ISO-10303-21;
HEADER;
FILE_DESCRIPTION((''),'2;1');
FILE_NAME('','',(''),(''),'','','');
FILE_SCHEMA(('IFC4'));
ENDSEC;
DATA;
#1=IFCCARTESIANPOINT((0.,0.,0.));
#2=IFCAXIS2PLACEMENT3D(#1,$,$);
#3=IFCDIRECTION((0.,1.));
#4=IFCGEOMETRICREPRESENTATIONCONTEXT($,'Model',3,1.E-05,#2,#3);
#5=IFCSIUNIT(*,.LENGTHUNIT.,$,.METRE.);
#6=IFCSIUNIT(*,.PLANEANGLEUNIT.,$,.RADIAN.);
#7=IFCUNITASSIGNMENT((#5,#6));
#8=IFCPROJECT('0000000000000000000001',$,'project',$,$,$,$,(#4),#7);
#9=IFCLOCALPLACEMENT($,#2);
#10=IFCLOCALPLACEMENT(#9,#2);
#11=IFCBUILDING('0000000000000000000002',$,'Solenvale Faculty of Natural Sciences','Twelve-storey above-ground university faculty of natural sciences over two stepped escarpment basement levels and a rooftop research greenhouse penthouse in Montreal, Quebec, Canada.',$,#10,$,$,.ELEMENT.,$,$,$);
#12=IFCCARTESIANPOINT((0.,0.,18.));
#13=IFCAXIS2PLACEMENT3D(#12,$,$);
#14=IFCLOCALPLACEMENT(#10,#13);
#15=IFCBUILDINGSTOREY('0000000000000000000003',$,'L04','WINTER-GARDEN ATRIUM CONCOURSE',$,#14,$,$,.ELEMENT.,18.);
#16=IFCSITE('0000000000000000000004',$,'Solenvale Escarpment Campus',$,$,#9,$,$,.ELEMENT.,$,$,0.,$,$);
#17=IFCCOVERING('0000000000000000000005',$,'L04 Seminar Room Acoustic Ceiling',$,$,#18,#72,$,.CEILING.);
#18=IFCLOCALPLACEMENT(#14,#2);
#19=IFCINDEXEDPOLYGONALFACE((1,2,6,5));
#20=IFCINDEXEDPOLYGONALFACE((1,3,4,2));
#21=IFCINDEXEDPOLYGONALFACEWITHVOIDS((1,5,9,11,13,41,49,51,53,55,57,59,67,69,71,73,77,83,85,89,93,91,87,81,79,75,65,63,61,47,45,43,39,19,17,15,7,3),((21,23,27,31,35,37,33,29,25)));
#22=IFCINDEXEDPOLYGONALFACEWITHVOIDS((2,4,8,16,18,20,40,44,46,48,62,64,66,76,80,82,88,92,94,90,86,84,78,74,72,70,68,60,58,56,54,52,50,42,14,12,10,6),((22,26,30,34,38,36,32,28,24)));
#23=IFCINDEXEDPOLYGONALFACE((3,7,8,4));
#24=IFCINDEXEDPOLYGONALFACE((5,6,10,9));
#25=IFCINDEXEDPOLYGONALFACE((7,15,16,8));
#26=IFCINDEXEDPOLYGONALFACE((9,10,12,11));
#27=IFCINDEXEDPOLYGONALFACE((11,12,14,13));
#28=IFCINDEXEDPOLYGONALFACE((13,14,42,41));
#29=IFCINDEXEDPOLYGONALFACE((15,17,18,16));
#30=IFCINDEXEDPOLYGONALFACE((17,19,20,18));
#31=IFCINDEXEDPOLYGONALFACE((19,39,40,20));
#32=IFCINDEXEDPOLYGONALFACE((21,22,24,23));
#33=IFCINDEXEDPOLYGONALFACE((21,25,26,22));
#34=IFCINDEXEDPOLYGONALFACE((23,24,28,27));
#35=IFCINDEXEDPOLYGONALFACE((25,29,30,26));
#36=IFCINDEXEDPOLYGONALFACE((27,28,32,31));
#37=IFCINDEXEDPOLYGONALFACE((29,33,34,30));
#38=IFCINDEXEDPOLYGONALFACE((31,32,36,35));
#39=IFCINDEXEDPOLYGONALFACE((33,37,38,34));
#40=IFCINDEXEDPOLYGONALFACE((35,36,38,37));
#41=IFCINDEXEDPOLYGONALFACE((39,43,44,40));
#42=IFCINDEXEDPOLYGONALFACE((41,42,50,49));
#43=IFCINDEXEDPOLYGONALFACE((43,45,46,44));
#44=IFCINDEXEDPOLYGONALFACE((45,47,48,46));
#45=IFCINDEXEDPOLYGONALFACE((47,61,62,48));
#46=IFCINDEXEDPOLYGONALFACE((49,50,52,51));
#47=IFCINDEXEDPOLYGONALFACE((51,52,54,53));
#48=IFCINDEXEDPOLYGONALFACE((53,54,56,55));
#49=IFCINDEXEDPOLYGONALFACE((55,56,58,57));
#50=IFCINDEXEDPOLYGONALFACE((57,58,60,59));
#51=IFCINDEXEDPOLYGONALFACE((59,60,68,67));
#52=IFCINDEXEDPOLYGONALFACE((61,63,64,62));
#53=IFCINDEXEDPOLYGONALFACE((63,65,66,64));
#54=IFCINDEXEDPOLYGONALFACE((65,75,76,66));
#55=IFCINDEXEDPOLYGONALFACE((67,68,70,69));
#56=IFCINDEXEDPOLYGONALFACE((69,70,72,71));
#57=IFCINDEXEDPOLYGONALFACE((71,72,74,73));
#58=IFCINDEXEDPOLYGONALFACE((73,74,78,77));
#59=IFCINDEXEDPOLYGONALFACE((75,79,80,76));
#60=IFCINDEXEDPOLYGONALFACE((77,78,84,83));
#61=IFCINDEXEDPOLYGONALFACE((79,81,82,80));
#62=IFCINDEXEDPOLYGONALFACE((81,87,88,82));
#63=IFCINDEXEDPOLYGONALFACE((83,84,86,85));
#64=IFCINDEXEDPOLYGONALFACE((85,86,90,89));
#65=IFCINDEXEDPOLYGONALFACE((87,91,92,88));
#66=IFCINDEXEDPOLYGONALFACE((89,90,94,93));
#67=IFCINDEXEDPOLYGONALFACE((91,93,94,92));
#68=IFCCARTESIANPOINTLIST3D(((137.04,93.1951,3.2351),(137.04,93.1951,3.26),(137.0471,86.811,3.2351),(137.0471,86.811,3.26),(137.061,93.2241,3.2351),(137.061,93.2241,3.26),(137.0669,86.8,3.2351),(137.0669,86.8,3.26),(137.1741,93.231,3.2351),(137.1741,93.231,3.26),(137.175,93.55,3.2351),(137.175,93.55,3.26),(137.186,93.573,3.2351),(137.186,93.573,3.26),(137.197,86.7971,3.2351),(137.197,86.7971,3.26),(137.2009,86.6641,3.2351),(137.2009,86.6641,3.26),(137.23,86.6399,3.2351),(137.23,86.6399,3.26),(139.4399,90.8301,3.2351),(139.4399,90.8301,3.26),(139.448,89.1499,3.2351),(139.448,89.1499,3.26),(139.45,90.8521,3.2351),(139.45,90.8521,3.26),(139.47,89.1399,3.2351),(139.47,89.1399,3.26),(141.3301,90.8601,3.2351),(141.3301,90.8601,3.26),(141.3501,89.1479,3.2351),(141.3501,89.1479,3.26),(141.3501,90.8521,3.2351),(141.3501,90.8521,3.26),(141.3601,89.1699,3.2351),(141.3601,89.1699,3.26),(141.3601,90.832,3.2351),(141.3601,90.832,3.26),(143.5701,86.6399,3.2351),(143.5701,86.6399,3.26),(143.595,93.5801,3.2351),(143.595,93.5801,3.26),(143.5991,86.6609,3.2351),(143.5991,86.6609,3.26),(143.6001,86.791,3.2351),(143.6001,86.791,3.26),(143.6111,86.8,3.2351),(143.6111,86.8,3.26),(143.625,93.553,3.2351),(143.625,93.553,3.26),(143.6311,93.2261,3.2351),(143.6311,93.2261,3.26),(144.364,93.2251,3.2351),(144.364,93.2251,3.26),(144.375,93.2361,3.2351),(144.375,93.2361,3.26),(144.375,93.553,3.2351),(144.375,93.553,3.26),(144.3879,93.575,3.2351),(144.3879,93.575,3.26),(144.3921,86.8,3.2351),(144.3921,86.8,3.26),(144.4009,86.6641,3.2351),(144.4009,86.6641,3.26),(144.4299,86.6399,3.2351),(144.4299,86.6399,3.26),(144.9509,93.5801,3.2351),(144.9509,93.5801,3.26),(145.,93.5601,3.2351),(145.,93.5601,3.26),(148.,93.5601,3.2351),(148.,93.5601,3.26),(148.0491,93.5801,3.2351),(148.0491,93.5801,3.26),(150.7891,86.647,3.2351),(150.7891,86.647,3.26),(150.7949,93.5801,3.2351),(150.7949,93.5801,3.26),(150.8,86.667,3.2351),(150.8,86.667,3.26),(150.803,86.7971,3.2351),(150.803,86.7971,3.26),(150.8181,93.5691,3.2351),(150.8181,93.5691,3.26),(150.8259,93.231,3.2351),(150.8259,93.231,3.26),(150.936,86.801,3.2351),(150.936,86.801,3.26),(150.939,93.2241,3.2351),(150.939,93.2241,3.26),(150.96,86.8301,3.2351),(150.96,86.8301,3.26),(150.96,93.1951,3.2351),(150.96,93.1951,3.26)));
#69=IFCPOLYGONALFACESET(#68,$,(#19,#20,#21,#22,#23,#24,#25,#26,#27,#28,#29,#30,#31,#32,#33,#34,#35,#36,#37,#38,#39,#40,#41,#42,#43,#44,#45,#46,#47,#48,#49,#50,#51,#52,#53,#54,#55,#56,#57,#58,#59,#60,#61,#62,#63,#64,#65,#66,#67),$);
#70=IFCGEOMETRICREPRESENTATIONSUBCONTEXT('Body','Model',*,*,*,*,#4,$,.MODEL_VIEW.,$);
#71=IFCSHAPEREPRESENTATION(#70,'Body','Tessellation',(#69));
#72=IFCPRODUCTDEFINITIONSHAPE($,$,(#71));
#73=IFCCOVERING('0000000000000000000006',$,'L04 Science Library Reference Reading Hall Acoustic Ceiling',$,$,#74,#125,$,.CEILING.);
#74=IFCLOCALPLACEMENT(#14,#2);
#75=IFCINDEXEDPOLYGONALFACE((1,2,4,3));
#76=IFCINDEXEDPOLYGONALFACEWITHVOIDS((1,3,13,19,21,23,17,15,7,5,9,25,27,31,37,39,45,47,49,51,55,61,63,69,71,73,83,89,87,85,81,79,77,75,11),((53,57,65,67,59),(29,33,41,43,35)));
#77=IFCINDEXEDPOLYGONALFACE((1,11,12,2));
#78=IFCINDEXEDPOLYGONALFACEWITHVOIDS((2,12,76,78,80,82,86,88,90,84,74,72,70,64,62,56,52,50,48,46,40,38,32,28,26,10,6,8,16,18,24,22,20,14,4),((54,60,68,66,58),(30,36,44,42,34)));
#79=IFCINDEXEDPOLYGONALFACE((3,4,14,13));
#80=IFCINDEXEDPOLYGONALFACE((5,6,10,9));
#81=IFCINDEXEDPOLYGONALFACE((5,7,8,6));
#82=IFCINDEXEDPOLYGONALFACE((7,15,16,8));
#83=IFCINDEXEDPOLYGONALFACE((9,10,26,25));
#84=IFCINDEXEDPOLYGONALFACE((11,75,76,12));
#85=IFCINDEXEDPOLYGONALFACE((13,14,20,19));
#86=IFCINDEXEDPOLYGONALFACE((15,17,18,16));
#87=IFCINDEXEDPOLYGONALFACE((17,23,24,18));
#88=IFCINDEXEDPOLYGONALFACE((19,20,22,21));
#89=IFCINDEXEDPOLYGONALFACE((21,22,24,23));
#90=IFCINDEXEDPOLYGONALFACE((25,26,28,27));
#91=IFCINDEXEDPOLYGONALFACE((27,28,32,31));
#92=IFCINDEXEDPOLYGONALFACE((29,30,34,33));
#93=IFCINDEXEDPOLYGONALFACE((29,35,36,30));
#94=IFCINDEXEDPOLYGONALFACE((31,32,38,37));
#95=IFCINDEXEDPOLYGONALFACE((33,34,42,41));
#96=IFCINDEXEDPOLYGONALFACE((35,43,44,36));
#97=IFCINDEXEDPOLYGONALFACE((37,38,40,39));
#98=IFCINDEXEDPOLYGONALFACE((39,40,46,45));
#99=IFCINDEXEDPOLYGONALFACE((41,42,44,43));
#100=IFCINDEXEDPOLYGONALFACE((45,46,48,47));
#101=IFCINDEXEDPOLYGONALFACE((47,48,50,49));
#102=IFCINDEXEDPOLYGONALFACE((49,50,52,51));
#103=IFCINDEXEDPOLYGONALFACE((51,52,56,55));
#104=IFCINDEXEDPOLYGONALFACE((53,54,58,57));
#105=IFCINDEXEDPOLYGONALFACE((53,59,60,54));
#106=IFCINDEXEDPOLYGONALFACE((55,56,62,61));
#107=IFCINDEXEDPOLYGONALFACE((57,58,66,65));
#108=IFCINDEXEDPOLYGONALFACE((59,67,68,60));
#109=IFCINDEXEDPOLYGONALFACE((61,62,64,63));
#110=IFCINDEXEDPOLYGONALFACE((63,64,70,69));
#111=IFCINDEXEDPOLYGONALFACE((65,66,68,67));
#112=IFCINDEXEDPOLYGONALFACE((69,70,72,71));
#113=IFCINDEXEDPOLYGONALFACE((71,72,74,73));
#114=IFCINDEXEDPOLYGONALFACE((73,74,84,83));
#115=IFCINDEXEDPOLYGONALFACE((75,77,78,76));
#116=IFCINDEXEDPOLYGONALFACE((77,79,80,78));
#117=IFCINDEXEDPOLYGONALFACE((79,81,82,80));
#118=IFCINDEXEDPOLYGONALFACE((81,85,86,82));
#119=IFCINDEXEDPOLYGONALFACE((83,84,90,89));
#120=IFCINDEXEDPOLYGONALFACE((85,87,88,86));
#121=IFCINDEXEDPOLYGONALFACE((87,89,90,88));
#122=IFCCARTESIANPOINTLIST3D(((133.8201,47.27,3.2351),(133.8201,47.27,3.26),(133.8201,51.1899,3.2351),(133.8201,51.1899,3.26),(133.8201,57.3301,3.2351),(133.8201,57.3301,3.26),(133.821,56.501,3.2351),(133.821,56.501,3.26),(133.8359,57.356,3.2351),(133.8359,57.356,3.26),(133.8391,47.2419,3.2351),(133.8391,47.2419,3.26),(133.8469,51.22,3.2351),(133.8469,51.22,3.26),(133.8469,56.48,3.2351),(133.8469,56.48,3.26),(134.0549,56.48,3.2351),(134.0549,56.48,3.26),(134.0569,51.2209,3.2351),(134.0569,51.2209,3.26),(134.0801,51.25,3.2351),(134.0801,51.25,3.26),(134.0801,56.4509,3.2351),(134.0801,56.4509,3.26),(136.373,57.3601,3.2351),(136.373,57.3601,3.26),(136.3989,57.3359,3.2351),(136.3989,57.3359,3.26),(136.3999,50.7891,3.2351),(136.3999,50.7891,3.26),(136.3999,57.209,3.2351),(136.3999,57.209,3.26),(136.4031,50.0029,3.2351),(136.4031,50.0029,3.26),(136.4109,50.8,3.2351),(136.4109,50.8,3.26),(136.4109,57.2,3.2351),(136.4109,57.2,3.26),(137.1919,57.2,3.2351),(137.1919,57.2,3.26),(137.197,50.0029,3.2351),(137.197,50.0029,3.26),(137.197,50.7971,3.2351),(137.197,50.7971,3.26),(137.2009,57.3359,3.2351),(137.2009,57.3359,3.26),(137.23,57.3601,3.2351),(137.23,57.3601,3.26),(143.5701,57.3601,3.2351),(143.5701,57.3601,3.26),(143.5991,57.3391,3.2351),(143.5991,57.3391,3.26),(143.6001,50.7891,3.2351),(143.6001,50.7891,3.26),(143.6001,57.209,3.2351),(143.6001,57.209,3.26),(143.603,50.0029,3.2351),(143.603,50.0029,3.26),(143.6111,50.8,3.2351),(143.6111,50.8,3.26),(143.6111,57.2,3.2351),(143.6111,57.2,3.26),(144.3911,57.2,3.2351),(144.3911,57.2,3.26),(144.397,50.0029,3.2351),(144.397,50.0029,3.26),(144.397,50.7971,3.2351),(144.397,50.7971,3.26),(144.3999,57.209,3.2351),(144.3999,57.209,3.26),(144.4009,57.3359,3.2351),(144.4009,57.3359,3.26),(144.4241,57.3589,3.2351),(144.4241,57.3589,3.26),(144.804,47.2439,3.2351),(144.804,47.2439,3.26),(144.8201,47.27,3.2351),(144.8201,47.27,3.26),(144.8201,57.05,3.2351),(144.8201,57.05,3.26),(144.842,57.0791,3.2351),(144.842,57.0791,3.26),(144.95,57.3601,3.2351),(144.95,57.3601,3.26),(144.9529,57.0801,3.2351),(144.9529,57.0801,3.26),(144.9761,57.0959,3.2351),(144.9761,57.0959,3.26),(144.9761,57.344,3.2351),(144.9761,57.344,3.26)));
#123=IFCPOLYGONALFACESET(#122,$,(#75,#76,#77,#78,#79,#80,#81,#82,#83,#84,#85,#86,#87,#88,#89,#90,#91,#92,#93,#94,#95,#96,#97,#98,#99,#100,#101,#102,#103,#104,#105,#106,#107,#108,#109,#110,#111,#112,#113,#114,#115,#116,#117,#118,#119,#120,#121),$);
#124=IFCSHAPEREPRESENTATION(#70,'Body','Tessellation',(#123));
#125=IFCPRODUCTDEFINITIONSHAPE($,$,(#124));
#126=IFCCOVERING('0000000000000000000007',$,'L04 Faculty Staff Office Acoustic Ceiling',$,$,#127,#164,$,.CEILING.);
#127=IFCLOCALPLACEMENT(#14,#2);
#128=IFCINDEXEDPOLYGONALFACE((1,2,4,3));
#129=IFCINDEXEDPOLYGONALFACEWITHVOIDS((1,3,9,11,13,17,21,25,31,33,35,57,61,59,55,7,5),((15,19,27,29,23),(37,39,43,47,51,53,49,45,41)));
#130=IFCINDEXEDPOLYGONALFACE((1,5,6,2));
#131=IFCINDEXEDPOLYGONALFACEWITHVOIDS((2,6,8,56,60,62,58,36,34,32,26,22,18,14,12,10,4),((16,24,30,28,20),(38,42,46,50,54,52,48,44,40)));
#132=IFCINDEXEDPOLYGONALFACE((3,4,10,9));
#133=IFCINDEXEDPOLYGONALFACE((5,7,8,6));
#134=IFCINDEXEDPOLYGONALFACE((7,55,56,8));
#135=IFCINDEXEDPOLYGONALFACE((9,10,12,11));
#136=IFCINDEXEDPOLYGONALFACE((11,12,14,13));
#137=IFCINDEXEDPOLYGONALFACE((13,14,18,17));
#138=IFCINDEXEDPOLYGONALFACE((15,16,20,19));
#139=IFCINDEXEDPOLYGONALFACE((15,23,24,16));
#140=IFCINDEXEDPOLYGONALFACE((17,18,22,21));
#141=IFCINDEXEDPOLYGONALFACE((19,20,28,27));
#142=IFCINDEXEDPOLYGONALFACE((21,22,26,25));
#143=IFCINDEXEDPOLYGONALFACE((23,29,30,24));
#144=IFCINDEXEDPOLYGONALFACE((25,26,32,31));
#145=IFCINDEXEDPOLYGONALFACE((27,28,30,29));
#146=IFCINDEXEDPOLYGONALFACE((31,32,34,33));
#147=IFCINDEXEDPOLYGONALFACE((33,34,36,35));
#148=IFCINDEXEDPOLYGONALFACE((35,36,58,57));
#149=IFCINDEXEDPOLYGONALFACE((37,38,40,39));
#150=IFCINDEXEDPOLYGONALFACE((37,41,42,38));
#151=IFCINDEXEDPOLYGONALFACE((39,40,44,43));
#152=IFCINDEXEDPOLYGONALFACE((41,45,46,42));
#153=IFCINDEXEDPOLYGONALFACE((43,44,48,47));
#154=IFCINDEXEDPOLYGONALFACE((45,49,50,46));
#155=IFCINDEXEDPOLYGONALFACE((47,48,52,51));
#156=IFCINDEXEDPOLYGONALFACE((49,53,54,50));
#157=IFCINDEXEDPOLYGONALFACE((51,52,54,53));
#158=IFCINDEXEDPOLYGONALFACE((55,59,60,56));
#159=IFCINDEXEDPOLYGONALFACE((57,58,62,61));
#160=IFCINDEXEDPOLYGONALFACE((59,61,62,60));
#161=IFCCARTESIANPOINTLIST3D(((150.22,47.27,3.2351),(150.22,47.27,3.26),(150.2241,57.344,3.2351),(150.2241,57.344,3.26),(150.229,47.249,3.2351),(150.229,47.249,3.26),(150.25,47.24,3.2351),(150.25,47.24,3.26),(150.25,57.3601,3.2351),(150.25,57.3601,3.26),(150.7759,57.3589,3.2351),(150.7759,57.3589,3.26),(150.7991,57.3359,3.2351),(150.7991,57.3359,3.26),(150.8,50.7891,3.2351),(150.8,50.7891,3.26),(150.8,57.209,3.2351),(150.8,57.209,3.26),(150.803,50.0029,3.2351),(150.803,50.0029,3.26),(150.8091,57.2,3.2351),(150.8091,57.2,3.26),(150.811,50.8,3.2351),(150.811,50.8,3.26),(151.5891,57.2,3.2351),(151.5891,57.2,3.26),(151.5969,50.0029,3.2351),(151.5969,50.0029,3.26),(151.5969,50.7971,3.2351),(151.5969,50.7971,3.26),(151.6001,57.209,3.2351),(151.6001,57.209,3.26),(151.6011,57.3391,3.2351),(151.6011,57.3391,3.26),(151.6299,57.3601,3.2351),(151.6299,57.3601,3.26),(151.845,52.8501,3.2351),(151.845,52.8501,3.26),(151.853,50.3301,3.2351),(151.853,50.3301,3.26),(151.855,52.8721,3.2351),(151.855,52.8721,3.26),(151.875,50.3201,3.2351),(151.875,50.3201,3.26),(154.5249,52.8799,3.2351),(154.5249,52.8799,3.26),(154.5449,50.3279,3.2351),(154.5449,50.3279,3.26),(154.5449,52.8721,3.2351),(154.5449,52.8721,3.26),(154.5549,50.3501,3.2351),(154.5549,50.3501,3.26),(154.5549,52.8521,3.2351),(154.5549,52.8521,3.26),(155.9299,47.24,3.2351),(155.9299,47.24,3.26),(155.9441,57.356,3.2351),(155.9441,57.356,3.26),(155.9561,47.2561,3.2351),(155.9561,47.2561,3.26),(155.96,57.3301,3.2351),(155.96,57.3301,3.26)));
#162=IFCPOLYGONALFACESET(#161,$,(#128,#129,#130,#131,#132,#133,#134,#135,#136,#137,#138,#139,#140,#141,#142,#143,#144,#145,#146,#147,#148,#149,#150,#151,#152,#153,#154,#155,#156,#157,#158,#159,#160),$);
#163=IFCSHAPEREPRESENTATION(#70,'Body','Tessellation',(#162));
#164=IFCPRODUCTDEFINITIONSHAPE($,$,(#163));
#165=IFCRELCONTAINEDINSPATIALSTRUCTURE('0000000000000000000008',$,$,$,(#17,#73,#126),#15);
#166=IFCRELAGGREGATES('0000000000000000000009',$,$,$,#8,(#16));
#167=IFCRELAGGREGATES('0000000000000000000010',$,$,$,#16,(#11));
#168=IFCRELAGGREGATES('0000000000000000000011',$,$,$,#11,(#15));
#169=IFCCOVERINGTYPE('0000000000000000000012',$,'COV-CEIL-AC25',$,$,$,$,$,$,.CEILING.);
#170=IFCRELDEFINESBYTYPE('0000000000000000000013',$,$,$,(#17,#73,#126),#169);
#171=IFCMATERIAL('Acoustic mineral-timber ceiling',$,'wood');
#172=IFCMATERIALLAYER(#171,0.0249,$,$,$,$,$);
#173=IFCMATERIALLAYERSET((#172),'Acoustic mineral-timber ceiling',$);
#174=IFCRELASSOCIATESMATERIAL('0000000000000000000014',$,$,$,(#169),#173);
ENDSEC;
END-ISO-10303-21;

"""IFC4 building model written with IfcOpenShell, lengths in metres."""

from ifc_helpers import new_model, si_unit, direction, frame, origin, place, context, subcontext, project, spatial, polyline, outline, extrude, material, layer, layer_set, type_object, element, save


model = new_model("IFC4")

# Units and contexts
model_context = context("Model", 3, precision=1e-05, world=origin(), true_north=direction((0.0, 1.0)))
body_context = subcontext(model_context, "Body", "Model", "MODEL_VIEW")
ifc_project = project(units=[si_unit("LENGTHUNIT", "METRE"), si_unit("PLANEANGLEUNIT", "RADIAN")], contexts=[model_context])

# Site, building, storey
site_placement = place(None, origin())
site = spatial("IfcSite", under=ifc_project, at=site_placement, Name="Solenvale Escarpment Campus", CompositionType="ELEMENT", RefElevation=0.0)
building_placement = place(site_placement, origin())
building = spatial("IfcBuilding", under=site, at=building_placement, Name="Solenvale Faculty of Natural Sciences", Description="Twelve-storey above-ground university faculty of natural sciences over two stepped escarpment basement levels and a rooftop research greenhouse penthouse in Montreal, Quebec, Canada.", CompositionType="ELEMENT")
storey_placement = place(building_placement, frame((0.0, 0.0, 18.0)))
storey = spatial("IfcBuildingStorey", under=building, at=storey_placement, Name="L04", Description="WINTER-GARDEN ATRIUM CONCOURSE", CompositionType="ELEMENT", Elevation=18.0)

# Coverings
ifc_material_1 = material(Name="Acoustic mineral-timber ceiling", Category="wood")
ifc_layer_1 = layer(ifc_material_1, 0.0249)
ifc_layer_set_1 = layer_set([ifc_layer_1], Name="Acoustic mineral-timber ceiling")
covering_type_1 = type_object("IfcCoveringType", Name="COV-CEIL-AC25", PredefinedType="CEILING", material=ifc_layer_set_1)
covering_1_placement = place(storey_placement, frame((0.0, 0.0, 3.2351)))
element("IfcCovering", 1, at=covering_1_placement, inside=storey, type_object=covering_type_1, Name="L04 Seminar Room Acoustic Ceiling", PredefinedType="CEILING", context=body_context, shape_type="SweptSolid", body=[
    extrude(outline(polyline([(144.9509, 93.5801), (145.0, 93.5601), (148.0, 93.5601), (148.0491, 93.5801), (150.7949, 93.5801), (150.8181, 93.5691), (150.8259, 93.231), (150.939, 93.2241), (150.96, 93.1951), (150.96, 86.8301), (150.936, 86.801), (150.803, 86.7971), (150.8, 86.667), (150.7891, 86.647), (144.4299, 86.6399), (144.4009, 86.6641), (144.3921, 86.8), (143.6111, 86.8), (143.6001, 86.791), (143.5991, 86.6609), (143.5701, 86.6399), (137.23, 86.6399), (137.2009, 86.6641), (137.197, 86.7971), (137.0669, 86.8), (137.0471, 86.811), (137.04, 93.1951), (137.061, 93.2241), (137.1741, 93.231), (137.175, 93.55), (137.186, 93.573), (143.595, 93.5801), (143.625, 93.553), (143.6311, 93.2261), (144.364, 93.2251), (144.375, 93.2361), (144.375, 93.553), (144.3879, 93.575), (144.9509, 93.5801)]), holes=[polyline([(141.3601, 90.832), (141.3501, 90.8521), (141.3301, 90.8601), (139.45, 90.8521), (139.4399, 90.8301), (139.448, 89.1499), (139.47, 89.1399), (141.3501, 89.1479), (141.3601, 89.1699), (141.3601, 90.832)])]), origin(), (0.0, 0.0, 1.0), 0.0249),
])
covering_2_placement = place(storey_placement, frame((0.0, 0.0, 3.2351)))
element("IfcCovering", 2, at=covering_2_placement, inside=storey, type_object=covering_type_1, Name="L04 Science Library Reference Reading Hall Acoustic Ceiling", PredefinedType="CEILING", context=body_context, shape_type="SweptSolid", body=[
    extrude(outline(polyline([(133.8201, 51.1899), (133.8469, 51.22), (134.0569, 51.2209), (134.0801, 51.25), (134.0801, 56.4509), (134.0549, 56.48), (133.8469, 56.48), (133.821, 56.501), (133.8201, 57.3301), (133.8359, 57.356), (136.373, 57.3601), (136.3989, 57.3359), (136.3999, 57.209), (136.4109, 57.2), (137.1919, 57.2), (137.2009, 57.3359), (137.23, 57.3601), (143.5701, 57.3601), (143.5991, 57.3391), (143.6001, 57.209), (143.6111, 57.2), (144.3911, 57.2), (144.3999, 57.209), (144.4009, 57.3359), (144.4241, 57.3589), (144.95, 57.3601), (144.9761, 57.344), (144.9761, 57.0959), (144.9529, 57.0801), (144.842, 57.0791), (144.8201, 57.05), (144.8201, 47.27), (144.804, 47.2439), (133.8391, 47.2419), (133.8201, 47.27), (133.8201, 51.1899)]), holes=[polyline([(143.6111, 50.8), (143.6001, 50.7891), (143.603, 50.0029), (144.397, 50.0029), (144.397, 50.7971), (143.6111, 50.8)]), polyline([(136.4109, 50.8), (136.3999, 50.7891), (136.4031, 50.0029), (137.197, 50.0029), (137.197, 50.7971), (136.4109, 50.8)])]), origin(), (0.0, 0.0, 1.0), 0.0249),
])
covering_3_placement = place(storey_placement, frame((0.0, 0.0, 3.2351)))
element("IfcCovering", 3, at=covering_3_placement, inside=storey, type_object=covering_type_1, Name="L04 Faculty Staff Office Acoustic Ceiling", PredefinedType="CEILING", context=body_context, shape_type="SweptSolid", body=[
    extrude(outline(polyline([(150.25, 47.24), (150.229, 47.249), (150.22, 47.27), (150.2241, 57.344), (150.25, 57.3601), (150.7759, 57.3589), (150.7991, 57.3359), (150.8, 57.209), (150.8091, 57.2), (151.5891, 57.2), (151.6001, 57.209), (151.6011, 57.3391), (151.6299, 57.3601), (155.9441, 57.356), (155.96, 57.3301), (155.9561, 47.2561), (155.9299, 47.24), (150.25, 47.24)]), holes=[polyline([(154.5549, 52.8521), (154.5449, 52.8721), (154.5249, 52.8799), (151.855, 52.8721), (151.845, 52.8501), (151.853, 50.3301), (151.875, 50.3201), (154.5449, 50.3279), (154.5549, 50.3501), (154.5549, 52.8521)]), polyline([(150.811, 50.8), (150.8, 50.7891), (150.803, 50.0029), (151.5969, 50.0029), (151.5969, 50.7971), (150.811, 50.8)])]), origin(), (0.0, 0.0, 1.0), 0.0249),
])

save(model, "model.ifc")
